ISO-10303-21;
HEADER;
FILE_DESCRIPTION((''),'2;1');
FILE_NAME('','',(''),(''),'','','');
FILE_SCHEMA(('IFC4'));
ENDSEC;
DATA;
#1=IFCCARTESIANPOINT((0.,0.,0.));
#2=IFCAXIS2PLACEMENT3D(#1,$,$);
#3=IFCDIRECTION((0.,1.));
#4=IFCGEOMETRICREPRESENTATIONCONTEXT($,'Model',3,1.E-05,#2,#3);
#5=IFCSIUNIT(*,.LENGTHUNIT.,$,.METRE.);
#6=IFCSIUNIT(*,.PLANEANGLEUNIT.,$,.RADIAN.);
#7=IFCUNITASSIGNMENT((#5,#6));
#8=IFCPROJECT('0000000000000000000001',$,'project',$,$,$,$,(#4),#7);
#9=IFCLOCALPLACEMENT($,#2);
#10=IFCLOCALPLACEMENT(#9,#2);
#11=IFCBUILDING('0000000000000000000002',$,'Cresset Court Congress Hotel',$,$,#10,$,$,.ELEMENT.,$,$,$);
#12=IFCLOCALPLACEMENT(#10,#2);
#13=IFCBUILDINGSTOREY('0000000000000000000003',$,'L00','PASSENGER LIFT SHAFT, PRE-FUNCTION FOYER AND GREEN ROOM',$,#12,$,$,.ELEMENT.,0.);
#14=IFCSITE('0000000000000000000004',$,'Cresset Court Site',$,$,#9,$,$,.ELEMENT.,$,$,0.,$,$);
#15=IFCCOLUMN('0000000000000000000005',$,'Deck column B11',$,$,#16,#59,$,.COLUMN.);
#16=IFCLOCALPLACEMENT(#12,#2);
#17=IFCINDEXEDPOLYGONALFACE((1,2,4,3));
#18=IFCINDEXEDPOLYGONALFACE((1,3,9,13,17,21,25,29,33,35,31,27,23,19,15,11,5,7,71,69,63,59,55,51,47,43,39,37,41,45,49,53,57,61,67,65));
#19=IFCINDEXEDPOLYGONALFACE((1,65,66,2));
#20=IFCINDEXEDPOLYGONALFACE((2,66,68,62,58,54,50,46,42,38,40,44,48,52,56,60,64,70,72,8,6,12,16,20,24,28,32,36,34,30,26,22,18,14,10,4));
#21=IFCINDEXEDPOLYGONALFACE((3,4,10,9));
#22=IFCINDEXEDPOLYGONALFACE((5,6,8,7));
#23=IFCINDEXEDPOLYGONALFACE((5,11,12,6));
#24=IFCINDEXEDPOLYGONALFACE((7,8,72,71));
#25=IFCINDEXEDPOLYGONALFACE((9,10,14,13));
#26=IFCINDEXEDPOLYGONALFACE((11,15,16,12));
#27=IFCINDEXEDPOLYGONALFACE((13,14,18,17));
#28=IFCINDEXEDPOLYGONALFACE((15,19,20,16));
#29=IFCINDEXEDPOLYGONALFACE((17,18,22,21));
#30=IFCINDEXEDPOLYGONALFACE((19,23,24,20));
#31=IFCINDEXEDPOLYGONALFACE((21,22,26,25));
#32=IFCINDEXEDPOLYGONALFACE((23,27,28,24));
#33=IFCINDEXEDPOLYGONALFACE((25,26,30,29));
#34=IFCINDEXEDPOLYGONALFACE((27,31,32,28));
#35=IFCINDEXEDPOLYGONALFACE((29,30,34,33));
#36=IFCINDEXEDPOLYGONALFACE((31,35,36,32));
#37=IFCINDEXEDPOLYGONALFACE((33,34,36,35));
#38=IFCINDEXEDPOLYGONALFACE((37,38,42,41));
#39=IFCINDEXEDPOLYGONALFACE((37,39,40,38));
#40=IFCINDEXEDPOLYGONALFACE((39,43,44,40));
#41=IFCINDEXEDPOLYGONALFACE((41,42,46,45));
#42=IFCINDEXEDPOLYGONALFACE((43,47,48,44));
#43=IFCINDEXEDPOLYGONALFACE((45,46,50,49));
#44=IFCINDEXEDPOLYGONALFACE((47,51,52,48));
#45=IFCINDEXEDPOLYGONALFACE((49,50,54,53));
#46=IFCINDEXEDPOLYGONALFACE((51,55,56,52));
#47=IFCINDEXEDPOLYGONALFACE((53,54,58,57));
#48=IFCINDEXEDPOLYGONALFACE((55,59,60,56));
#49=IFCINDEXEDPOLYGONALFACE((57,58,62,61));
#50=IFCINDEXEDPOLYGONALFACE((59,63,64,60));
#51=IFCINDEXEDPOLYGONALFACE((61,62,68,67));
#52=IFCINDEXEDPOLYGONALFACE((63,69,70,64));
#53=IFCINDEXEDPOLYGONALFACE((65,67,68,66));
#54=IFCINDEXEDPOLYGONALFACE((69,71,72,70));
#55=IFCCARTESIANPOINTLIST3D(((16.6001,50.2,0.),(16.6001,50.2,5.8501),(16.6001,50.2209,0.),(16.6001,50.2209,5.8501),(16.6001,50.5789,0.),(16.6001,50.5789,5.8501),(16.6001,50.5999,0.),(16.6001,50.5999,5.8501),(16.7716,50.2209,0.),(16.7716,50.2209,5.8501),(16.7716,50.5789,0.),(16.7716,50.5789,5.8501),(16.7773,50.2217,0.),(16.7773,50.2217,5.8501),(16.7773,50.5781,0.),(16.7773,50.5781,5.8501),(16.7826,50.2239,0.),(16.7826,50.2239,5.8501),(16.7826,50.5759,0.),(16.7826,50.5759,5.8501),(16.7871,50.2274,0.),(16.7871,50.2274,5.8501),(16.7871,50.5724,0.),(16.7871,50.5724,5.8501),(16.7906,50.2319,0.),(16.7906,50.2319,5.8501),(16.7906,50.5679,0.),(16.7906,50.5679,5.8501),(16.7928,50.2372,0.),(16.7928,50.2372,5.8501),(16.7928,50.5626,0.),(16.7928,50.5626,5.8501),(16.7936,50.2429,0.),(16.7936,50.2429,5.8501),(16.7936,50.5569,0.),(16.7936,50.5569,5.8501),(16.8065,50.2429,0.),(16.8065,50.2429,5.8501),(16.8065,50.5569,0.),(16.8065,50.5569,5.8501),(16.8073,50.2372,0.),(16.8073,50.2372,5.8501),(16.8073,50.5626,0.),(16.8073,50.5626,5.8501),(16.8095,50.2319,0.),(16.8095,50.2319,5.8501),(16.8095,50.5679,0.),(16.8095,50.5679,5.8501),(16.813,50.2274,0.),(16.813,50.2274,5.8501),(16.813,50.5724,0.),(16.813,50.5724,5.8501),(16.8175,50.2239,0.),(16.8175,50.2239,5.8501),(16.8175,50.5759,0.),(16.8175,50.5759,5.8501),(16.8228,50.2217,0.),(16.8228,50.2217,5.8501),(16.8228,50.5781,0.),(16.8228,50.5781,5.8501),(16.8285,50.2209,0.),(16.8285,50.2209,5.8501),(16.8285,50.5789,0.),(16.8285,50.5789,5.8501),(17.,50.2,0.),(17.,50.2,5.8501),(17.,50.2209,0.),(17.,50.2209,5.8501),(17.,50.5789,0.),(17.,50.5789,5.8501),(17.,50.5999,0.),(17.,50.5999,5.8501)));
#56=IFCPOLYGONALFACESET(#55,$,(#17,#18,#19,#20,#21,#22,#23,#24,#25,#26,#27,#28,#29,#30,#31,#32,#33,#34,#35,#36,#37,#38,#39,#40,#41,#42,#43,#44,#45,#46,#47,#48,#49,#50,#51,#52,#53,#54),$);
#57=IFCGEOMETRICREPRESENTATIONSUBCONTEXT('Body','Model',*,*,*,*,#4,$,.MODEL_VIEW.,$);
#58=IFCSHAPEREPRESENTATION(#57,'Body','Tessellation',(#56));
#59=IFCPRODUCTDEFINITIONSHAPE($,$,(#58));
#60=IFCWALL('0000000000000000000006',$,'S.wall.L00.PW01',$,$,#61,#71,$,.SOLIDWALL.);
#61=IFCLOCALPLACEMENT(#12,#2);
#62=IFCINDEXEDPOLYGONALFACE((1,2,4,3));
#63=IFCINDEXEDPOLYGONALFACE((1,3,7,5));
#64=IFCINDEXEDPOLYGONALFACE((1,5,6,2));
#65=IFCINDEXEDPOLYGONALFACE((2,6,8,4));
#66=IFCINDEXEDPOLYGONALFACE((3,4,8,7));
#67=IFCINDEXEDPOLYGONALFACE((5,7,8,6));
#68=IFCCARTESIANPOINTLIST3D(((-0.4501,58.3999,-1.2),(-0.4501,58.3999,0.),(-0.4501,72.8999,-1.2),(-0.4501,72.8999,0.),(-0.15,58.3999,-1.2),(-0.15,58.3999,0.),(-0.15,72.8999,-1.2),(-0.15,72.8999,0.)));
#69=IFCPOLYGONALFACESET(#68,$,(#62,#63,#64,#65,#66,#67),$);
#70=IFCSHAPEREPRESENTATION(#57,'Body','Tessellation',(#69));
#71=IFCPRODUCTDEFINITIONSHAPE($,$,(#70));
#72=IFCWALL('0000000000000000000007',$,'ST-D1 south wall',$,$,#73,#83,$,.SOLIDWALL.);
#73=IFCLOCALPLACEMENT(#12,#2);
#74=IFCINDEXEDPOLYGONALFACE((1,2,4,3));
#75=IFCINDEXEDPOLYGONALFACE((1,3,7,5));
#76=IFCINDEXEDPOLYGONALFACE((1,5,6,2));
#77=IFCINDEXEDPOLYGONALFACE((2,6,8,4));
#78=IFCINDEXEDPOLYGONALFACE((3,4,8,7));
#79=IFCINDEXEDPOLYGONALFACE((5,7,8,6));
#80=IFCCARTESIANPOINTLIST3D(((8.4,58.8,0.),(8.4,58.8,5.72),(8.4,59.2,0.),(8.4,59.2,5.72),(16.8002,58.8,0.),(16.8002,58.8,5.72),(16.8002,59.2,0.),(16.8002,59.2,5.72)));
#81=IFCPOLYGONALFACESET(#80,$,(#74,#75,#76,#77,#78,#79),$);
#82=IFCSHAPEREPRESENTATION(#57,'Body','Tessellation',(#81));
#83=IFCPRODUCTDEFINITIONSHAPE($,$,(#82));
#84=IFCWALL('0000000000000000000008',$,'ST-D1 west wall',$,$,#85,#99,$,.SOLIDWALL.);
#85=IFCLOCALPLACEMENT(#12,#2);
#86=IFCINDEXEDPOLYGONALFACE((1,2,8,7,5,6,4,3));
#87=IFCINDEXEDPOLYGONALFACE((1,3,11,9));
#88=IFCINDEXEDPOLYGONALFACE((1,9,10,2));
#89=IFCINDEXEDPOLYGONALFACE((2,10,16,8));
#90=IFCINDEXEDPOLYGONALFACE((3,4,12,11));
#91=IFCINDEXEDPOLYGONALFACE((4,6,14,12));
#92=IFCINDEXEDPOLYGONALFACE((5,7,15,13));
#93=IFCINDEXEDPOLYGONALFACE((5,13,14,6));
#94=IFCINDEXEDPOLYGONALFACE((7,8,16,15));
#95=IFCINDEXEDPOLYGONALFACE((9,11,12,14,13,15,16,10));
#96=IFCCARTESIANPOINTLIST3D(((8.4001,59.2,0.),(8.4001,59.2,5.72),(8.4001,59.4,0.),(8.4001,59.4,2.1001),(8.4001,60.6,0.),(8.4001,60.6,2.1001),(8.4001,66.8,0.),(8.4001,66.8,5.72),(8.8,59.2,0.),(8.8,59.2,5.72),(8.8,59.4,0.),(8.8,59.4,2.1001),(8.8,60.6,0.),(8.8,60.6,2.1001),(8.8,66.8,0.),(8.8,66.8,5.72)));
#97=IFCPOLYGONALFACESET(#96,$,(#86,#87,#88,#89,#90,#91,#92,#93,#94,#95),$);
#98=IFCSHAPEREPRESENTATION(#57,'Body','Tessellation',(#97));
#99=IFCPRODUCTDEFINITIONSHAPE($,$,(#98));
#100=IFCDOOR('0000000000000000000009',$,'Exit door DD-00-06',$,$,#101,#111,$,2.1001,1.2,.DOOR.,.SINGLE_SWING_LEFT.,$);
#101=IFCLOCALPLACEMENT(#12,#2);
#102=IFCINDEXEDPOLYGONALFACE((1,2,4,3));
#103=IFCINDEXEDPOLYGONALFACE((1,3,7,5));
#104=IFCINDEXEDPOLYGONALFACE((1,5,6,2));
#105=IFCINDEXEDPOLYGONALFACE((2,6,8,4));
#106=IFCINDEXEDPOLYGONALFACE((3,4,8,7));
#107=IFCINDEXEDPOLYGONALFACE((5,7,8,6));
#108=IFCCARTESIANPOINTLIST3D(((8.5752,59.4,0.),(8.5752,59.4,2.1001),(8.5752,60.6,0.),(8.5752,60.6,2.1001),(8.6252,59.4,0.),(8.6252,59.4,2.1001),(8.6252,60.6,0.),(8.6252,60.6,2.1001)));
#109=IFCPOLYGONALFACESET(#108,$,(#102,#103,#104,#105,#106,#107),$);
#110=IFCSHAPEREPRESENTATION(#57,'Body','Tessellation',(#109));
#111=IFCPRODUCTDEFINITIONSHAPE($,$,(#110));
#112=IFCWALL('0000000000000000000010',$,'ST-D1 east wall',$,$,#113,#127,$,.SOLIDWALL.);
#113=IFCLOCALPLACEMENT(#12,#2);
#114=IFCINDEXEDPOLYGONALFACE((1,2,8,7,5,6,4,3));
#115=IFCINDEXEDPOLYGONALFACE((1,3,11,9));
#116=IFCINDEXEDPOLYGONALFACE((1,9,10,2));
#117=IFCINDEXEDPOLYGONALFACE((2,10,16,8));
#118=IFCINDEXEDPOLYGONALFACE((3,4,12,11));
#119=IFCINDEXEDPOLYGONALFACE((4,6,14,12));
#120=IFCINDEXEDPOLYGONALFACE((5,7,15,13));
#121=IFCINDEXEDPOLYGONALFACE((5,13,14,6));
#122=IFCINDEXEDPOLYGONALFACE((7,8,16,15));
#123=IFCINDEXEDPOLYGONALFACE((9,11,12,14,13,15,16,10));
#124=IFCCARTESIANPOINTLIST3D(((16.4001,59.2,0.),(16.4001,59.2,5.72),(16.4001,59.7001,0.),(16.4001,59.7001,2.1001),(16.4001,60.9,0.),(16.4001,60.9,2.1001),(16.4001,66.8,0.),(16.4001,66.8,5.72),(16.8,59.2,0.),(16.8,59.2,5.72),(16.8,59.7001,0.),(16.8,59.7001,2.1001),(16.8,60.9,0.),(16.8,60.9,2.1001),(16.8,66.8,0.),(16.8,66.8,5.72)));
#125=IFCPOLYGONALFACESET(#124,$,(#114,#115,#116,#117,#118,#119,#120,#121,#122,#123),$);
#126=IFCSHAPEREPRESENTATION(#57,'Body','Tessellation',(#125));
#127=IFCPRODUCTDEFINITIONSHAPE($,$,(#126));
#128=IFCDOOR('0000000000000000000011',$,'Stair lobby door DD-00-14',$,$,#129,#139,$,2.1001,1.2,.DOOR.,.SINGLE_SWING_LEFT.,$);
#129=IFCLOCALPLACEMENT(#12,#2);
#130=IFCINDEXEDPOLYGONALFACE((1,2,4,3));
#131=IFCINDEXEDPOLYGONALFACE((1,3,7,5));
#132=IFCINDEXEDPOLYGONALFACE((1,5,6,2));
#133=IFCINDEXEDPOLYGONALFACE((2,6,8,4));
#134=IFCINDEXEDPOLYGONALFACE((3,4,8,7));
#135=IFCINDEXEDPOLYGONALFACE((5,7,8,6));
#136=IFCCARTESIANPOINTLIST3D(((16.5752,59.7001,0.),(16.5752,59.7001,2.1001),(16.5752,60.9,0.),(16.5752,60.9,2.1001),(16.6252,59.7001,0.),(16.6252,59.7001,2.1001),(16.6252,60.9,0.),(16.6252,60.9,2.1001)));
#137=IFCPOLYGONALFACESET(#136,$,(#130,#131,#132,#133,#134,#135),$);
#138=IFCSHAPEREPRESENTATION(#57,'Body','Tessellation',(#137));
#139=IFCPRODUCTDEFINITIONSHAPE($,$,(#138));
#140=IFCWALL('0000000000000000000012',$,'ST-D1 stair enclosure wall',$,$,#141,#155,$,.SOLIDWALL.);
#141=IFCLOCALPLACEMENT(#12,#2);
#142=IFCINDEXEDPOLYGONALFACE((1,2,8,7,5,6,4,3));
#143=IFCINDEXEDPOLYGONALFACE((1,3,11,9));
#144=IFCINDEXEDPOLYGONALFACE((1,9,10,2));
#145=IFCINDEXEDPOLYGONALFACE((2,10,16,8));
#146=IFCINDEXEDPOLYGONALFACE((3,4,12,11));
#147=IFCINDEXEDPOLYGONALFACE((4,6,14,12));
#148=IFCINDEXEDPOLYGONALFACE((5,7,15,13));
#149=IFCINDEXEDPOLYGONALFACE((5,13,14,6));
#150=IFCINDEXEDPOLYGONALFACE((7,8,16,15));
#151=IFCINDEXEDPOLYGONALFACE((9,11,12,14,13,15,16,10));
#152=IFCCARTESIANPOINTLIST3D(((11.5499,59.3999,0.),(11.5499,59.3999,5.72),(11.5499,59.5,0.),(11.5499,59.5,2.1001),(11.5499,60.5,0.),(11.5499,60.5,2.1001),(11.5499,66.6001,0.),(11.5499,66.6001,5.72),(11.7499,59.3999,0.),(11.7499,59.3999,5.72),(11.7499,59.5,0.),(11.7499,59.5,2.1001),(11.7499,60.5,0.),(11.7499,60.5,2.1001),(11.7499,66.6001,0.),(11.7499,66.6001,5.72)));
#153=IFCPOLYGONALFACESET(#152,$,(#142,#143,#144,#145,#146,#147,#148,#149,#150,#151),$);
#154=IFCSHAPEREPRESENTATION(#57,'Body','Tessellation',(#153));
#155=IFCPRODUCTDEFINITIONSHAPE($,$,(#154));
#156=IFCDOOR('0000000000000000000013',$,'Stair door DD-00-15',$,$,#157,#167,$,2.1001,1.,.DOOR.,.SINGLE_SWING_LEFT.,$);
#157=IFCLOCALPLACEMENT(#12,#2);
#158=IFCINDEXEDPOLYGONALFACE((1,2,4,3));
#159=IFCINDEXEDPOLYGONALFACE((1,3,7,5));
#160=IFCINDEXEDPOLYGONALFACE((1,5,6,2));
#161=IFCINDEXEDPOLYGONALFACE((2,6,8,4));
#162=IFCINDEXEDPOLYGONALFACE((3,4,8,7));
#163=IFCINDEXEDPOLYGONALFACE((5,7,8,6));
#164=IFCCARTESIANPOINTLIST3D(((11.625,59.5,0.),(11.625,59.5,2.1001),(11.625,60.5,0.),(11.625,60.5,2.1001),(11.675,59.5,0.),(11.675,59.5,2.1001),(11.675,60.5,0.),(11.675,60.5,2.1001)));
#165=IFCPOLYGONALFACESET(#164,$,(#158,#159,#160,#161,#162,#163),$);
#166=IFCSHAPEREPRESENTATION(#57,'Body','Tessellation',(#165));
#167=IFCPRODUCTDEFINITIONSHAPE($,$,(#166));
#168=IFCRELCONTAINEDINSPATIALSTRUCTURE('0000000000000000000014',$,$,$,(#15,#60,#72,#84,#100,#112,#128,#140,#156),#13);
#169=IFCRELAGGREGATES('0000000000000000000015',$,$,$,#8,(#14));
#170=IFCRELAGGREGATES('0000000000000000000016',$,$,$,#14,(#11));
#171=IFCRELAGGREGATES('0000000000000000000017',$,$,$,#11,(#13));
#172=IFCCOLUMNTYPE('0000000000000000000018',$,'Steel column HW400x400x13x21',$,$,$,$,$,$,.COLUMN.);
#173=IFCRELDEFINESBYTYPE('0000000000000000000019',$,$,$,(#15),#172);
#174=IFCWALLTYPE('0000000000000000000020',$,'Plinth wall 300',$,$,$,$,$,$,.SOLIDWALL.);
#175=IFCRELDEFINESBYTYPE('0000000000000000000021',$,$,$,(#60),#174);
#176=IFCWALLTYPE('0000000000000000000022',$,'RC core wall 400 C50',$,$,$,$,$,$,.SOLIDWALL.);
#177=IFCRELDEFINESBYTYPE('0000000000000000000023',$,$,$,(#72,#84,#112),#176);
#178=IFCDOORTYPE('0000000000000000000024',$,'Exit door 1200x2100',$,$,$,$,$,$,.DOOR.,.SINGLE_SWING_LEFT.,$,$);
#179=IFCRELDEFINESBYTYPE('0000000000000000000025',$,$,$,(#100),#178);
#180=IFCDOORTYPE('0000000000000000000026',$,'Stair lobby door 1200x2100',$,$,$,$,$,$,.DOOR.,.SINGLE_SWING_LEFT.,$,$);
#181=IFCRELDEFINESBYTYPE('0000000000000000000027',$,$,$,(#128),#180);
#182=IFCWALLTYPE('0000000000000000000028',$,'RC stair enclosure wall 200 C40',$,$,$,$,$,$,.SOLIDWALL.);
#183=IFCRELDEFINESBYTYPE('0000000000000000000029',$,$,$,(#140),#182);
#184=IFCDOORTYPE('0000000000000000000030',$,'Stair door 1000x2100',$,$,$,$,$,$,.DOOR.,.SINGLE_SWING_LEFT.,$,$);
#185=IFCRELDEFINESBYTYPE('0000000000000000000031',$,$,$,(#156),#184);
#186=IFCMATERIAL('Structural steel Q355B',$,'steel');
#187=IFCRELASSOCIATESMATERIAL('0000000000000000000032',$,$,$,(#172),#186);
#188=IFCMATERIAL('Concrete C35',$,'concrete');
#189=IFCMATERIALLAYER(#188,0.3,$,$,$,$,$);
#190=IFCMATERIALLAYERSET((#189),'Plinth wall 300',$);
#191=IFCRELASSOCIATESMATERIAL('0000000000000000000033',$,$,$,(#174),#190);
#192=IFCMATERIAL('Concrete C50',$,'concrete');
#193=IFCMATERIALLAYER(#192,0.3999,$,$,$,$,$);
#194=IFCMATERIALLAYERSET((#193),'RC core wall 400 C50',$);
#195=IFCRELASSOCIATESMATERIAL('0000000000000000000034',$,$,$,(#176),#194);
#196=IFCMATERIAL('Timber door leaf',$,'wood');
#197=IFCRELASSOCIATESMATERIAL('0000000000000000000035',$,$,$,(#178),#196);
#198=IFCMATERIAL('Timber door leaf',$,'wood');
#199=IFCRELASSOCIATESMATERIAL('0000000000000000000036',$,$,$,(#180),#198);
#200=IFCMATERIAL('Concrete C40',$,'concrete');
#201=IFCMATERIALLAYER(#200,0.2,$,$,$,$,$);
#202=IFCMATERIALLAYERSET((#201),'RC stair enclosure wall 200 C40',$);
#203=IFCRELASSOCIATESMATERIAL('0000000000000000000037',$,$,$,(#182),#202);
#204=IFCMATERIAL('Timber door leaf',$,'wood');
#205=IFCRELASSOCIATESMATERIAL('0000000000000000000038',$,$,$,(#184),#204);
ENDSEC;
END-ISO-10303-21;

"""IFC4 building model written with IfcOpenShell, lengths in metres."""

from ifc_helpers import new_model, si_unit, direction, frame, frame_2d, origin, origin_2d, place, context, subcontext, project, spatial, rectangle, i_section, extrude, material, layer, layer_set, material_profile, profile_set, type_object, element, fill, save


model = new_model("IFC4")

# Units and contexts
model_context = context("Model", 3, precision=1e-05, world=origin(), true_north=direction((0.0, 1.0)))
body_context = subcontext(model_context, "Body", "Model", "MODEL_VIEW")
ifc_project = project(units=[si_unit("LENGTHUNIT", "METRE"), si_unit("PLANEANGLEUNIT", "RADIAN")], contexts=[model_context])

# Site, building, storey
site_placement = place(None, origin())
site = spatial("IfcSite", under=ifc_project, at=site_placement, Name="Cresset Court Site", CompositionType="ELEMENT", RefElevation=0.0)
building_placement = place(site_placement, origin())
building = spatial("IfcBuilding", under=site, at=building_placement, Name="Cresset Court Congress Hotel", CompositionType="ELEMENT")
storey_placement = place(building_placement, origin())
storey = spatial("IfcBuildingStorey", under=building, at=storey_placement, Name="L00", Description="PASSENGER LIFT SHAFT, PRE-FUNCTION FOYER AND GREEN ROOM", CompositionType="ELEMENT", Elevation=0.0)

# Column
ifc_material_1 = material(Name="Structural steel Q355B", Category="steel")
ifc_material_profile_1 = material_profile(ifc_material_1, i_section(OverallWidth=0.3999, OverallDepth=0.3999, WebThickness=0.0129, FlangeThickness=0.021, FilletRadius=0.022, at=origin_2d()), Name="HW400x400x13x21")
ifc_profile_set_1 = profile_set([ifc_material_profile_1], Name="Structural steel Q355B")
column_type_1 = type_object("IfcColumnType", Name="Steel column HW400x400x13x21", PredefinedType="COLUMN", material=ifc_profile_set_1)
column_placement = place(storey_placement, frame((16.8, 50.3999, 0.0), z_axis=(0.0, 0.0, 1.0), x_axis=(1.0, 0.0, 0.0)))
element("IfcColumn", 1, at=column_placement, inside=storey, type_object=column_type_1, Name="Deck column B11", PredefinedType="COLUMN", context=body_context, shape_type="SweptSolid", body=[
    extrude(i_section(OverallWidth=0.3999, OverallDepth=0.3999, WebThickness=0.0129, FlangeThickness=0.021, FilletRadius=0.022, at=origin_2d()), origin(), (0.0, 0.0, 1.0), 5.8501),
])

# Walls
ifc_material_2 = material(Name="Concrete C35", Category="concrete")
ifc_layer_1 = layer(ifc_material_2, 0.3)
ifc_layer_set_1 = layer_set([ifc_layer_1], Name="Plinth wall 300")
wall_type_1 = type_object("IfcWallType", Name="Plinth wall 300", PredefinedType="SOLIDWALL", material=ifc_layer_set_1)
wall_1_placement = place(storey_placement, frame((-0.3, 58.3999, -1.2), z_axis=(0.0, 0.0, 1.0), x_axis=(0.0, 1.0, 0.0)))
element("IfcWall", 2, at=wall_1_placement, inside=storey, type_object=wall_type_1, Name="S.wall.L00.PW01", PredefinedType="SOLIDWALL", context=body_context, shape_type="SweptSolid", body=[
    extrude(rectangle(XDim=14.5, YDim=0.3, at=frame_2d((7.25, 0.0))), origin(), (0.0, 0.0, 1.0), 1.2),
])
ifc_material_3 = material(Name="Concrete C50", Category="concrete")
ifc_layer_2 = layer(ifc_material_3, 0.3999)
ifc_layer_set_2 = layer_set([ifc_layer_2], Name="RC core wall 400 C50")
wall_type_2 = type_object("IfcWallType", Name="RC core wall 400 C50", PredefinedType="SOLIDWALL", material=ifc_layer_set_2)
wall_2_placement = place(storey_placement, frame((8.3999, 59.0, 0.0), z_axis=(0.0, 0.0, 1.0), x_axis=(1.0, 0.0, 0.0)))
element("IfcWall", 3, at=wall_2_placement, inside=storey, type_object=wall_type_2, Name="ST-D1 south wall", PredefinedType="SOLIDWALL", context=body_context, shape_type="SweptSolid", body=[
    extrude(rectangle(XDim=8.4001, YDim=0.3999, at=frame_2d((4.2002, 0.0))), origin(), (0.0, 0.0, 1.0), 5.72),
])

# Walls, openings, doors
wall_3_placement = place(storey_placement, frame((8.6001, 59.2, 0.0), z_axis=(0.0, 0.0, 1.0), x_axis=(0.0, 1.0, 0.0)))
wall_3 = element("IfcWall", 4, at=wall_3_placement, inside=storey, type_object=wall_type_2, Name="ST-D1 west wall", PredefinedType="SOLIDWALL", context=body_context, shape_type="SweptSolid", body=[
    extrude(rectangle(XDim=7.6001, YDim=0.3999, at=frame_2d((3.8, 0.0))), origin(), (0.0, 0.0, 1.0), 5.72),
])
opening_1_placement = place(wall_3_placement, frame((0.2, 0.0, 0.0)))
opening_1 = element("IfcOpeningElement", 5, at=opening_1_placement, cuts=wall_3, PredefinedType="OPENING", context=body_context, shape_type="SweptSolid", body=[
    extrude(rectangle(XDim=1.2, YDim=2.1001, at=frame_2d((0.6001, 1.05))), frame((0.0, 0.21, 0.0), z_axis=(0.0, -1.0, 0.0), x_axis=(1.0, 0.0, 0.0)), (0.0, 0.0, 1.0), 0.4199),
])
ifc_material_4 = material(Name="Timber door leaf", Category="wood")
door_type_1 = type_object("IfcDoorType", Name="Exit door 1200x2100", OperationType="SINGLE_SWING_LEFT", PredefinedType="DOOR", material=ifc_material_4)
door_1_placement = place(opening_1_placement, origin())
door_1 = element("IfcDoor", 6, at=door_1_placement, inside=storey, type_object=door_type_1, Name="Exit door DD-00-06", OperationType="SINGLE_SWING_LEFT", OverallHeight=2.1001, OverallWidth=1.2, PredefinedType="DOOR", context=body_context, shape_type="SweptSolid", body=[
    extrude(rectangle(XDim=1.2, YDim=2.1001, at=frame_2d((0.6001, 1.05))), frame((0.0, 0.0249, 0.0), z_axis=(0.0, -1.0, 0.0), x_axis=(1.0, 0.0, 0.0)), (0.0, 0.0, 1.0), 0.05),
])
fill(opening_1, door_1)
wall_4_placement = place(storey_placement, frame((16.6001, 59.2, 0.0), z_axis=(0.0, 0.0, 1.0), x_axis=(0.0, 1.0, 0.0)))
wall_4 = element("IfcWall", 7, at=wall_4_placement, inside=storey, type_object=wall_type_2, Name="ST-D1 east wall", PredefinedType="SOLIDWALL", context=body_context, shape_type="SweptSolid", body=[
    extrude(rectangle(XDim=7.6001, YDim=0.3999, at=frame_2d((3.8, 0.0))), origin(), (0.0, 0.0, 1.0), 5.72),
])
opening_2_placement = place(wall_4_placement, frame((0.5, 0.0, 0.0)))
opening_2 = element("IfcOpeningElement", 8, at=opening_2_placement, cuts=wall_4, PredefinedType="OPENING", context=body_context, shape_type="SweptSolid", body=[
    extrude(rectangle(XDim=1.2, YDim=2.1001, at=frame_2d((0.6001, 1.05))), frame((0.0, 0.21, 0.0), z_axis=(0.0, -1.0, 0.0), x_axis=(1.0, 0.0, 0.0)), (0.0, 0.0, 1.0), 0.4199),
])
ifc_material_5 = material(Name="Timber door leaf", Category="wood")
door_type_2 = type_object("IfcDoorType", Name="Stair lobby door 1200x2100", OperationType="SINGLE_SWING_LEFT", PredefinedType="DOOR", material=ifc_material_5)
door_2_placement = place(opening_2_placement, origin())
door_2 = element("IfcDoor", 9, at=door_2_placement, inside=storey, type_object=door_type_2, Name="Stair lobby door DD-00-14", OperationType="SINGLE_SWING_LEFT", OverallHeight=2.1001, OverallWidth=1.2, PredefinedType="DOOR", context=body_context, shape_type="SweptSolid", body=[
    extrude(rectangle(XDim=1.2, YDim=2.1001, at=frame_2d((0.6001, 1.05))), frame((0.0, 0.0249, 0.0), z_axis=(0.0, -1.0, 0.0), x_axis=(1.0, 0.0, 0.0)), (0.0, 0.0, 1.0), 0.05),
])
fill(opening_2, door_2)
ifc_material_6 = material(Name="Concrete C40", Category="concrete")
ifc_layer_3 = layer(ifc_material_6, 0.2)
ifc_layer_set_3 = layer_set([ifc_layer_3], Name="RC stair enclosure wall 200 C40")
wall_type_3 = type_object("IfcWallType", Name="RC stair enclosure wall 200 C40", PredefinedType="SOLIDWALL", material=ifc_layer_set_3)
wall_5_placement = place(storey_placement, frame((11.6499, 59.3999, 0.0), z_axis=(0.0, 0.0, 1.0), x_axis=(0.0, 1.0, 0.0)))
wall_5 = element("IfcWall", 10, at=wall_5_placement, inside=storey, type_object=wall_type_3, Name="ST-D1 stair enclosure wall", PredefinedType="SOLIDWALL", context=body_context, shape_type="SweptSolid", body=[
    extrude(rectangle(XDim=7.2002, YDim=0.2, at=frame_2d((3.6001, 0.0))), origin(), (0.0, 0.0, 1.0), 5.72),
])
opening_3_placement = place(wall_5_placement, frame((0.1001, 0.0, 0.0)))
opening_3 = element("IfcOpeningElement", 11, at=opening_3_placement, cuts=wall_5, PredefinedType="OPENING", context=body_context, shape_type="SweptSolid", body=[
    extrude(rectangle(XDim=1.0, YDim=2.1001, at=frame_2d((0.5, 1.05))), frame((0.0, 0.1099, 0.0), z_axis=(0.0, -1.0, 0.0), x_axis=(1.0, 0.0, 0.0)), (0.0, 0.0, 1.0), 0.22),
])
ifc_material_7 = material(Name="Timber door leaf", Category="wood")
door_type_3 = type_object("IfcDoorType", Name="Stair door 1000x2100", OperationType="SINGLE_SWING_LEFT", PredefinedType="DOOR", material=ifc_material_7)
door_3_placement = place(opening_3_placement, origin())
door_3 = element("IfcDoor", 12, at=door_3_placement, inside=storey, type_object=door_type_3, Name="Stair door DD-00-15", OperationType="SINGLE_SWING_LEFT", OverallHeight=2.1001, OverallWidth=1.0, PredefinedType="DOOR", context=body_context, shape_type="SweptSolid", body=[
    extrude(rectangle(XDim=1.0, YDim=2.1001, at=frame_2d((0.5, 1.05))), frame((0.0, 0.0249, 0.0), z_axis=(0.0, -1.0, 0.0), x_axis=(1.0, 0.0, 0.0)), (0.0, 0.0, 1.0), 0.05),
])
fill(opening_3, door_3)

save(model, "model.ifc")
